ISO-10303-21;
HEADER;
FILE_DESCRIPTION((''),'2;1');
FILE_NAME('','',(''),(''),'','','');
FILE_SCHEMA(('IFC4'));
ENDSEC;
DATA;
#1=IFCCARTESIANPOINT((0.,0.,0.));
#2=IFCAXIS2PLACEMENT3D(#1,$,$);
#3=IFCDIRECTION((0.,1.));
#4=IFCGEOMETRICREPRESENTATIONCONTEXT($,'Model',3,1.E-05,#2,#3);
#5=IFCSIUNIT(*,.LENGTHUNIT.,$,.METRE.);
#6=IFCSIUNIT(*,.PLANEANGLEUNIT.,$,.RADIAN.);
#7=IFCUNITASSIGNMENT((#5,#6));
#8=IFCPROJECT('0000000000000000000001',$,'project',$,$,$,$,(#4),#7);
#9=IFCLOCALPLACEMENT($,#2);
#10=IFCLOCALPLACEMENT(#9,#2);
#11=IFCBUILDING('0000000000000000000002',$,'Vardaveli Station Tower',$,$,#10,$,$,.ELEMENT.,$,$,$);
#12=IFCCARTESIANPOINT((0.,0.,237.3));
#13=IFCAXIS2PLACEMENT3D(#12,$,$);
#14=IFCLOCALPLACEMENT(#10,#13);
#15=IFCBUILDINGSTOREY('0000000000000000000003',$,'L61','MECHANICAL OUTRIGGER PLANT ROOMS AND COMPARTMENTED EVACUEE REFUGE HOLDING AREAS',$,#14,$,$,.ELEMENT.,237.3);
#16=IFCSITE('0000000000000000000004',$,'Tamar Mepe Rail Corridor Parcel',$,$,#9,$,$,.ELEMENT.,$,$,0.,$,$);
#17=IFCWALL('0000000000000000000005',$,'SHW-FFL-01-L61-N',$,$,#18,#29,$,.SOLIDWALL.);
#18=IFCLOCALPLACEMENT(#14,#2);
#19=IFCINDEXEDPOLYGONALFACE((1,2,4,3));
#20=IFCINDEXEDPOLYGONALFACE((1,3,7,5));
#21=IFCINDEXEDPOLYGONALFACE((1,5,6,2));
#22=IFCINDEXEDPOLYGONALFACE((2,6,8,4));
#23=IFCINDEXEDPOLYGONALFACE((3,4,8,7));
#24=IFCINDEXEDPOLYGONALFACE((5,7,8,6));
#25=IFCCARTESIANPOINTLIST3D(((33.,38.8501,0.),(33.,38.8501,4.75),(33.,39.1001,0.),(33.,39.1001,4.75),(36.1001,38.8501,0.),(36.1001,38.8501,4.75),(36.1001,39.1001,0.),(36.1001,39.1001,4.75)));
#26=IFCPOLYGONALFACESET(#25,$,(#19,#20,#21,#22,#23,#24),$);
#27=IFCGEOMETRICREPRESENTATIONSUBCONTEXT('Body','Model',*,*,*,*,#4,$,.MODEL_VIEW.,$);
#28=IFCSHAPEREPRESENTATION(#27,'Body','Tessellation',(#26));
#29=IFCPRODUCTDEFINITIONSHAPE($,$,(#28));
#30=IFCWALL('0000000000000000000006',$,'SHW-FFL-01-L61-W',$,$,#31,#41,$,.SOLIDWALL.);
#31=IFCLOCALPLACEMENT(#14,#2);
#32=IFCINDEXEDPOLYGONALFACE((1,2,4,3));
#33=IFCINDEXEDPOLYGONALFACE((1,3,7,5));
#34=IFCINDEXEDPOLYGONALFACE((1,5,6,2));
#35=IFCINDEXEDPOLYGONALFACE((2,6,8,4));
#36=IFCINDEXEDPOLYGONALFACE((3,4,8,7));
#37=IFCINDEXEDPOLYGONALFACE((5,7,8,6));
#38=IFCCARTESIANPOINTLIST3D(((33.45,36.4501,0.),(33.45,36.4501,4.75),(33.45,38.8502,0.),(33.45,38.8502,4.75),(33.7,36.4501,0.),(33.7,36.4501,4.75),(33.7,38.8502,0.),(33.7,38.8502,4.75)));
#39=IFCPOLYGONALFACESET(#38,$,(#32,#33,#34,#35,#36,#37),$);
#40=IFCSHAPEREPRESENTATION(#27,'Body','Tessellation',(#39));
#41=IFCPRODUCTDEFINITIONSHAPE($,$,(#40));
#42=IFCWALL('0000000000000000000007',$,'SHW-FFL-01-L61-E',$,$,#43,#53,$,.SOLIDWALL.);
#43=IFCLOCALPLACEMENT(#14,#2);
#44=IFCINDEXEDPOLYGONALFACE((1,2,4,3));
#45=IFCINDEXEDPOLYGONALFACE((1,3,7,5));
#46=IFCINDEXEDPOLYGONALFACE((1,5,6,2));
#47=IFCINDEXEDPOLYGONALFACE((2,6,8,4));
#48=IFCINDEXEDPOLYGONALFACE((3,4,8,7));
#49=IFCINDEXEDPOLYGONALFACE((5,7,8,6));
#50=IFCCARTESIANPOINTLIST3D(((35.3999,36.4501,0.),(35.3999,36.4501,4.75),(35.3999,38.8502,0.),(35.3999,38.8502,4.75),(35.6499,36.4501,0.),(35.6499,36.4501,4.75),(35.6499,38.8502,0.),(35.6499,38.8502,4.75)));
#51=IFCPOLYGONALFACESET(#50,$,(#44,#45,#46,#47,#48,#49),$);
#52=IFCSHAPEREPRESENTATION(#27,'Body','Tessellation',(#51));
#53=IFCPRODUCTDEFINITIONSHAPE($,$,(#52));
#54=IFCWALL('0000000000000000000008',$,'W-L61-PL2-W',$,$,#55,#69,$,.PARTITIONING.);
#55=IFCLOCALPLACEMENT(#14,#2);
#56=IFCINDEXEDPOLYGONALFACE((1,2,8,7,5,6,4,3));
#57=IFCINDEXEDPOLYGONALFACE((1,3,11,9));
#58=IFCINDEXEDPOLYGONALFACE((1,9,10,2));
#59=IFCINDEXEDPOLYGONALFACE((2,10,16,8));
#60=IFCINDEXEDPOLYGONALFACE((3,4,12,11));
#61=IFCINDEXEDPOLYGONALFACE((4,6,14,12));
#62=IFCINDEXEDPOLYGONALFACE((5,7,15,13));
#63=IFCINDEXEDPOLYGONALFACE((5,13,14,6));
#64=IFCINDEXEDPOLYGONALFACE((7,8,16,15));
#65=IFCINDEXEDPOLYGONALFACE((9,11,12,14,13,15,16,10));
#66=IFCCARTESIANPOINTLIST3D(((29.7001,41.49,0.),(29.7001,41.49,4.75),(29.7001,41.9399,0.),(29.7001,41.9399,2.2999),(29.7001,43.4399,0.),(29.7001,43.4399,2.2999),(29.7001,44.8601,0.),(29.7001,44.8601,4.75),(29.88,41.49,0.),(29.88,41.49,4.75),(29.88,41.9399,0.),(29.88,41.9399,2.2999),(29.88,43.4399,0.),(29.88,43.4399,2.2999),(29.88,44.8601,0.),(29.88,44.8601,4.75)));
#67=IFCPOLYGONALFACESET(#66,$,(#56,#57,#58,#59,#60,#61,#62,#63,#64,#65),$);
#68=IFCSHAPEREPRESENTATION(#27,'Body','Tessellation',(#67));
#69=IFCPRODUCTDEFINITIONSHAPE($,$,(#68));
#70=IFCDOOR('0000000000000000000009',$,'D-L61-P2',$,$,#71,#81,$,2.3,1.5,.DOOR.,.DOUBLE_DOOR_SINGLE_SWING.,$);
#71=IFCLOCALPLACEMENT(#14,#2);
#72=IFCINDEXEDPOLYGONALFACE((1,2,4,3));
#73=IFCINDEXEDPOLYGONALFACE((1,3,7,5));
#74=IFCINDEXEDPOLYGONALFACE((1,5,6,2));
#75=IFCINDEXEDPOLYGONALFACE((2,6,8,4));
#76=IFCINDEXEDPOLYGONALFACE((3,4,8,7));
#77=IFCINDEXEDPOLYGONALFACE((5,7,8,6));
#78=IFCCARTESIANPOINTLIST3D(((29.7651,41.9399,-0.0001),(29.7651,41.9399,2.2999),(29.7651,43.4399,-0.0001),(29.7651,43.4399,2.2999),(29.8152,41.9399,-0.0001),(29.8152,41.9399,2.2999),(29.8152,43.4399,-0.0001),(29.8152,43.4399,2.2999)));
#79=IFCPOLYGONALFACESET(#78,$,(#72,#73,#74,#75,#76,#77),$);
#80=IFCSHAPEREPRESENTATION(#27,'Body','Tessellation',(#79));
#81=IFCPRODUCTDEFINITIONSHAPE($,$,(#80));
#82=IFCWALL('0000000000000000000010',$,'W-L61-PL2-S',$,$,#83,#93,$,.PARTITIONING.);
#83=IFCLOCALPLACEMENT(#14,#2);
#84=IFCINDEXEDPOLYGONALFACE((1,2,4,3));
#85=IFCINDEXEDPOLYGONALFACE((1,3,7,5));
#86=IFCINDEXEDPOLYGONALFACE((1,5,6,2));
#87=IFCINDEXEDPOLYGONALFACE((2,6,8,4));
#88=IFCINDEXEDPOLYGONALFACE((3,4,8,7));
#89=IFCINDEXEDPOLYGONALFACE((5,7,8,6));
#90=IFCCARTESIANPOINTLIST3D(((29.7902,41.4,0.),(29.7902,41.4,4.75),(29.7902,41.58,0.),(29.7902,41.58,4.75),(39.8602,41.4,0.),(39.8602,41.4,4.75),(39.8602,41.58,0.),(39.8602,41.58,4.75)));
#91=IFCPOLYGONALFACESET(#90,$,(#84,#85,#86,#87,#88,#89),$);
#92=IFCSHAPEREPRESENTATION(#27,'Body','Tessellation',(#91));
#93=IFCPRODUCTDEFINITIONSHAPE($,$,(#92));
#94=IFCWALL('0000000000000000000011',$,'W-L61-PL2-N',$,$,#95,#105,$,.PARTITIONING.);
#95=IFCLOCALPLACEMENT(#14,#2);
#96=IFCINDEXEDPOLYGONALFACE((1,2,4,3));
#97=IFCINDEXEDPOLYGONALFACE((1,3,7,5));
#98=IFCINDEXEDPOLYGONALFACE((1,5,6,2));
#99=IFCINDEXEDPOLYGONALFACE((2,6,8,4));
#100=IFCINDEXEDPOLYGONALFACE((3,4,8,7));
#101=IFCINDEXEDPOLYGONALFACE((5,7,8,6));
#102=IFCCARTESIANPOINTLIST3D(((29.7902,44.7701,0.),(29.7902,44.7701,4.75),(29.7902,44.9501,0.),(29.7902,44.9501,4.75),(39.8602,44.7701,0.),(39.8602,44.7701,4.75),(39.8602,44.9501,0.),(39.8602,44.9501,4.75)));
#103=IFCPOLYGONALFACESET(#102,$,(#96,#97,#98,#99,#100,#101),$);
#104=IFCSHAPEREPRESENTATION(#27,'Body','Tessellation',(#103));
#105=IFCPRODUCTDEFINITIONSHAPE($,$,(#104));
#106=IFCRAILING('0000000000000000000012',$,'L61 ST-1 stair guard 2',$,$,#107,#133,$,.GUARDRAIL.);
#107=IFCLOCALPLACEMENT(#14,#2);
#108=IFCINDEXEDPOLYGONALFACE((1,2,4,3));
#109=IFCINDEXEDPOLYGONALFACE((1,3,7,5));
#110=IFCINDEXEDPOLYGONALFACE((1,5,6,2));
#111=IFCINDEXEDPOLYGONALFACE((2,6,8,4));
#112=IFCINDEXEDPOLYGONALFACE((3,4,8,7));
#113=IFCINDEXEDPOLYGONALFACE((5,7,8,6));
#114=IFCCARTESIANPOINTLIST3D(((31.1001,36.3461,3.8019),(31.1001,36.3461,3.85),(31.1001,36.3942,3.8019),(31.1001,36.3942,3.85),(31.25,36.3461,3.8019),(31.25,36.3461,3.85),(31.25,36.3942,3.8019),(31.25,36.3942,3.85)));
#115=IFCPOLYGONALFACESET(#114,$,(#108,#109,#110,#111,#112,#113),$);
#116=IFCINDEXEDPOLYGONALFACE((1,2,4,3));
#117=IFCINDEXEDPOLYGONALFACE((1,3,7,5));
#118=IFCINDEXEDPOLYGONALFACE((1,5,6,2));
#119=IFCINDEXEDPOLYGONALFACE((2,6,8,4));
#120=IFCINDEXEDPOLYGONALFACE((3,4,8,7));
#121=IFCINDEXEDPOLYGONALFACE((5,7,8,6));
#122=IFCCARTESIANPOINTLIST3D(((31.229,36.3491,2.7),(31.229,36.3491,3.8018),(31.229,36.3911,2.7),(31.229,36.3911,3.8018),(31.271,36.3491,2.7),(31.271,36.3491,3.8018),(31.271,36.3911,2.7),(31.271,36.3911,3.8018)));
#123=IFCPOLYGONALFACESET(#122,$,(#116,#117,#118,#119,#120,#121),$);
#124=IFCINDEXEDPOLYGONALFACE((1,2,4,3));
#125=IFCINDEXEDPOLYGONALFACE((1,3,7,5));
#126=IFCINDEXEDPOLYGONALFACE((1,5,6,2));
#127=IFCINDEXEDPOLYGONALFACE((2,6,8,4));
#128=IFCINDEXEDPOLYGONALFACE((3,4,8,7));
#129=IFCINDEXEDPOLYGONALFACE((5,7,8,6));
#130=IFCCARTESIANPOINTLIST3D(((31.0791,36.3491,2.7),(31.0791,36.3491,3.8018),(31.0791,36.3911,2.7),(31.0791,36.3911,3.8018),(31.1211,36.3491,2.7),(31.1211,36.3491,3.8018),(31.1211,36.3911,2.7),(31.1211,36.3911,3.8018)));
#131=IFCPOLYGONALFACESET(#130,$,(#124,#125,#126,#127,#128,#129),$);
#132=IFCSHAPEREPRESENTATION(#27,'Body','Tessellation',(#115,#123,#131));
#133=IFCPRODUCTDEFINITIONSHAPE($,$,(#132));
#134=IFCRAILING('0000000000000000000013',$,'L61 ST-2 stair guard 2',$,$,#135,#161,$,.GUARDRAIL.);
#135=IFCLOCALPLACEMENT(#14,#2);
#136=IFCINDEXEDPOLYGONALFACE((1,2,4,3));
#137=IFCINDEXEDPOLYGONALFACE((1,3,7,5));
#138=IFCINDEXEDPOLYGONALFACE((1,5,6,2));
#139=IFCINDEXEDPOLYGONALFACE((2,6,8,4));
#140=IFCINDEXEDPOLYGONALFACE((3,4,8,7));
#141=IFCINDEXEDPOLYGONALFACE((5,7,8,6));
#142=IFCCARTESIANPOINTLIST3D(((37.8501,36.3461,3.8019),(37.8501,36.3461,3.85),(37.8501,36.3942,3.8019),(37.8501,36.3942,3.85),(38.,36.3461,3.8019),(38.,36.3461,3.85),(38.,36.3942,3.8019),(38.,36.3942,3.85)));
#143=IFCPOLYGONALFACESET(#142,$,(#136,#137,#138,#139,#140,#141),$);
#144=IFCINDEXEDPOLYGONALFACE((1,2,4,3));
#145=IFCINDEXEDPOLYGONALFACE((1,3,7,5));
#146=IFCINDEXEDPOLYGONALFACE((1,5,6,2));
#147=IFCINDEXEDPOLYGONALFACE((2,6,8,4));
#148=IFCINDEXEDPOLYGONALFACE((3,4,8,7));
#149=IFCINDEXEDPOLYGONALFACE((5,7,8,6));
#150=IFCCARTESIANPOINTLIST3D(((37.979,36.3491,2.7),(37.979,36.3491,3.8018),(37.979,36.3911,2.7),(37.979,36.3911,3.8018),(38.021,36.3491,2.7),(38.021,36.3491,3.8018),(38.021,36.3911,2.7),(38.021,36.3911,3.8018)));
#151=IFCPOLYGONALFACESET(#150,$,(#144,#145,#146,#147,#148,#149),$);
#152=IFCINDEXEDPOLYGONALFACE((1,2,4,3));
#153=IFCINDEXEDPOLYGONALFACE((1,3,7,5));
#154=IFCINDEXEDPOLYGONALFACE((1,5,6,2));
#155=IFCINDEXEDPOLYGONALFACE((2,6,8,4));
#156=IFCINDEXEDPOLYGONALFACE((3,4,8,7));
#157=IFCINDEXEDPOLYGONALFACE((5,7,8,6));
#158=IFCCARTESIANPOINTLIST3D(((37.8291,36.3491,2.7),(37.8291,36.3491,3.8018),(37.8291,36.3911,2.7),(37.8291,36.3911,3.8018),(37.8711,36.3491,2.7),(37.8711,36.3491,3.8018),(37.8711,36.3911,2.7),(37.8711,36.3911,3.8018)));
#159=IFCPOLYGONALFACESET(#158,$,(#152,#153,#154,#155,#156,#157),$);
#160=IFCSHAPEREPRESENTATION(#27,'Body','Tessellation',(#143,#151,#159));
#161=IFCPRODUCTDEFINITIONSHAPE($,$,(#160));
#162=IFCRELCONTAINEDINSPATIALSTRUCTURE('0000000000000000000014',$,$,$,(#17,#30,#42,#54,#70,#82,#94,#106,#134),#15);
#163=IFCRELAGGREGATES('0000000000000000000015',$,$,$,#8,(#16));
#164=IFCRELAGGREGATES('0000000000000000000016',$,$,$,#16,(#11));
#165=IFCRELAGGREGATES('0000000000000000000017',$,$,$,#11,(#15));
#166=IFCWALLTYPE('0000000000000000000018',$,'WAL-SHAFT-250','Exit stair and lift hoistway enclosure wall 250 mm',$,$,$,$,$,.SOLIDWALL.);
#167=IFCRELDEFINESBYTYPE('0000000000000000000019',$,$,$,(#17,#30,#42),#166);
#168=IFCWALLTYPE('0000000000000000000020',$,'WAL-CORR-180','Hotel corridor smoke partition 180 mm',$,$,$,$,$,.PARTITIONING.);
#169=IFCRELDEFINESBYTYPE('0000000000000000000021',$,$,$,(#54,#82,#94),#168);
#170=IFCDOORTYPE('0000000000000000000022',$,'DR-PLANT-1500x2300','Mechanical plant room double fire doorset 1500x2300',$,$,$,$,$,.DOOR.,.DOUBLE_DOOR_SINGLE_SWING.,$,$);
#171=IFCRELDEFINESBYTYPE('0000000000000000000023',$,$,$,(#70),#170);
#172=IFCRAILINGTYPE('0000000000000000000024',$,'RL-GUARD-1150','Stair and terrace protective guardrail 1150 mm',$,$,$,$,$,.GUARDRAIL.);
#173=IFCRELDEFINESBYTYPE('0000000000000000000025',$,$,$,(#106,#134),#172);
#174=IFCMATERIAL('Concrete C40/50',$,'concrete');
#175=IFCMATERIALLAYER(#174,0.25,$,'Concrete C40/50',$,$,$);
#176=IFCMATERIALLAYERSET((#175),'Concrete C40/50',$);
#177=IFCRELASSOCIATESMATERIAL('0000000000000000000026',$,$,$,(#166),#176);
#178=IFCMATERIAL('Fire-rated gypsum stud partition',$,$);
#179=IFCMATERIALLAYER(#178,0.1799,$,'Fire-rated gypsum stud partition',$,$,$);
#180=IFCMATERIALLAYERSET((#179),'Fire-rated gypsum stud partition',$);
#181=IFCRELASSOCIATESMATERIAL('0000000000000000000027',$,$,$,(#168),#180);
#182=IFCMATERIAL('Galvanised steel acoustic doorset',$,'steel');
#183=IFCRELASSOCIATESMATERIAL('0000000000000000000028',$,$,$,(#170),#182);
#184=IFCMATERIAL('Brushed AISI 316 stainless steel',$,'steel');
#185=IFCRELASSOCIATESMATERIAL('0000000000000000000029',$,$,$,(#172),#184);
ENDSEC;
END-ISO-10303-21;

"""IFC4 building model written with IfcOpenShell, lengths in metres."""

from ifc_helpers import new_model, si_unit, direction, frame, frame_2d, origin, origin_2d, place, context, subcontext, project, spatial, rectangle, extrude, source, transform, mapped, material, layer, layer_set, type_object, element, fill, save


model = new_model("IFC4")

# Units and contexts
model_context = context("Model", 3, precision=1e-05, world=origin(), true_north=direction((0.0, 1.0)))
body_context = subcontext(model_context, "Body", "Model", "MODEL_VIEW")
ifc_project = project(units=[si_unit("LENGTHUNIT", "METRE"), si_unit("PLANEANGLEUNIT", "RADIAN")], contexts=[model_context])

# Site, building, storey
site_placement = place(None, origin())
site = spatial("IfcSite", under=ifc_project, at=site_placement, Name="Tamar Mepe Rail Corridor Parcel", CompositionType="ELEMENT", RefElevation=0.0)
building_placement = place(site_placement, origin())
building = spatial("IfcBuilding", under=site, at=building_placement, Name="Vardaveli Station Tower", CompositionType="ELEMENT")
storey_placement = place(building_placement, frame((0.0, 0.0, 237.3)))
storey = spatial("IfcBuildingStorey", under=building, at=storey_placement, Name="L61", Description="MECHANICAL OUTRIGGER PLANT ROOMS AND COMPARTMENTED EVACUEE REFUGE HOLDING AREAS", CompositionType="ELEMENT", Elevation=237.3)

# Walls
ifc_material_1 = material(Name="Concrete C40/50", Category="concrete")
ifc_layer_1 = layer(ifc_material_1, 0.25, Name="Concrete C40/50")
ifc_layer_set_1 = layer_set([ifc_layer_1], Name="Concrete C40/50")
wall_type_1 = type_object("IfcWallType", Name="WAL-SHAFT-250", Description="Exit stair and lift hoistway enclosure wall 250 mm", PredefinedType="SOLIDWALL", material=ifc_layer_set_1)
shared_shape_1 = source(origin(), body_context, "Body", "SweptSolid", [
    extrude(rectangle(XDim=3.1001, YDim=0.25, at=frame_2d((1.55, 0.0))), origin(), (0.0, 0.0, 1.0), 4.75),
])
wall_1_placement = place(storey_placement, frame((33.0, 38.9751, 0.0), z_axis=(0.0, 0.0, 1.0), x_axis=(1.0, 0.0, 0.0)))
element("IfcWall", 1, at=wall_1_placement, inside=storey, type_object=wall_type_1, Name="SHW-FFL-01-L61-N", PredefinedType="SOLIDWALL", context=body_context, shape_type="MappedRepresentation", body=[
    mapped(shared_shape_1, transform((0.0, 0.0, 0.0), scale=1.0)),
])
shared_shape_2 = source(origin(), body_context, "Body", "SweptSolid", [
    extrude(rectangle(XDim=2.4001, YDim=0.25, at=frame_2d((1.2002, 0.0))), origin(), (0.0, 0.0, 1.0), 4.75),
])
for number, where, z_axis, x_axis, name in (
    (2, (33.575, 36.45, 0.0), (0.0, 0.0, 1.0), (0.0, 1.0, 0.0), "SHW-FFL-01-L61-W"),
    (3, (35.5249, 36.45, 0.0), (0.0, 0.0, 1.0), (0.0, 1.0, 0.0), "SHW-FFL-01-L61-E"),
):
    element("IfcWall", number, at=place(storey_placement, frame(where, z_axis=z_axis, x_axis=x_axis)), inside=storey, type_object=wall_type_1, Name=name, PredefinedType="SOLIDWALL", context=body_context, shape_type="MappedRepresentation", body=[
        mapped(shared_shape_2, transform((0.0, 0.0, 0.0), scale=1.0)),
    ])

# Wall, opening, door
ifc_material_2 = material(Name="Fire-rated gypsum stud partition")
ifc_layer_2 = layer(ifc_material_2, 0.1799, Name="Fire-rated gypsum stud partition")
ifc_layer_set_2 = layer_set([ifc_layer_2], Name="Fire-rated gypsum stud partition")
wall_type_2 = type_object("IfcWallType", Name="WAL-CORR-180", Description="Hotel corridor smoke partition 180 mm", PredefinedType="PARTITIONING", material=ifc_layer_set_2)
shared_shape_3 = source(origin(), body_context, "Body", "SweptSolid", [
    extrude(rectangle(XDim=3.3701, YDim=0.1799, at=frame_2d((1.6851, 0.0))), origin(), (0.0, 0.0, 1.0), 4.75),
])
wall_2_placement = place(storey_placement, frame((29.79, 41.49, 0.0), z_axis=(0.0, 0.0, 1.0), x_axis=(0.0, 1.0, 0.0)))
wall_2 = element("IfcWall", 4, at=wall_2_placement, inside=storey, type_object=wall_type_2, Name="W-L61-PL2-W", PredefinedType="PARTITIONING", context=body_context, shape_type="MappedRepresentation", body=[
    mapped(shared_shape_3, transform((0.0, 0.0, 0.0), scale=1.0)),
])
shared_shape_4 = source(origin(), body_context, "Body", "SweptSolid", [
    extrude(rectangle(XDim=1.5, YDim=2.3, at=frame_2d((0.75, 1.1499))), frame((0.0, 0.1001, 0.0), z_axis=(0.0, -1.0, 0.0), x_axis=(1.0, 0.0, 0.0)), (0.0, 0.0, 1.0), 0.2),
])
opening_placement = place(wall_2_placement, frame((0.45, 0.0, 0.0)))
opening = element("IfcOpeningElement", 5, at=opening_placement, cuts=wall_2, PredefinedType="OPENING", context=body_context, shape_type="MappedRepresentation", body=[
    mapped(shared_shape_4, transform((0.0, 0.0, 0.0), scale=1.0)),
])
ifc_material_3 = material(Name="Galvanised steel acoustic doorset", Category="steel")
door_type = type_object("IfcDoorType", Name="DR-PLANT-1500x2300", Description="Mechanical plant room double fire doorset 1500x2300", OperationType="DOUBLE_DOOR_SINGLE_SWING", PredefinedType="DOOR", material=ifc_material_3)
shared_shape_5 = source(origin(), body_context, "Body", "SweptSolid", [
    extrude(rectangle(XDim=1.5, YDim=2.3, at=frame_2d((0.75, 1.1499))), frame((0.0, 0.0249, 0.0), z_axis=(0.0, -1.0, 0.0), x_axis=(1.0, 0.0, 0.0)), (0.0, 0.0, 1.0), 0.05),
])
door_placement = place(opening_placement, origin())
door = element("IfcDoor", 6, at=door_placement, inside=storey, type_object=door_type, Name="D-L61-P2", OperationType="DOUBLE_DOOR_SINGLE_SWING", OverallHeight=2.3, OverallWidth=1.5, PredefinedType="DOOR", context=body_context, shape_type="MappedRepresentation", body=[
    mapped(shared_shape_5, transform((0.0, 0.0, 0.0), scale=1.0)),
])
fill(opening, door)

# Walls
shared_shape_6 = source(origin(), body_context, "Body", "SweptSolid", [
    extrude(rectangle(XDim=10.0701, YDim=0.1799, at=frame_2d((5.0352, 0.0))), origin(), (0.0, 0.0, 1.0), 4.75),
])
for number, where, z_axis, x_axis, name in (
    (7, (29.79, 41.49, 0.0), (0.0, 0.0, 1.0), (1.0, 0.0, 0.0), "W-L61-PL2-S"),
    (8, (29.79, 44.8601, 0.0), (0.0, 0.0, 1.0), (1.0, 0.0, 0.0), "W-L61-PL2-N"),
):
    element("IfcWall", number, at=place(storey_placement, frame(where, z_axis=z_axis, x_axis=x_axis)), inside=storey, type_object=wall_type_2, Name=name, PredefinedType="PARTITIONING", context=body_context, shape_type="MappedRepresentation", body=[
        mapped(shared_shape_6, transform((0.0, 0.0, 0.0), scale=1.0)),
    ])

# Railings
ifc_material_4 = material(Name="Brushed AISI 316 stainless steel", Category="steel")
railing_type = type_object("IfcRailingType", Name="RL-GUARD-1150", Description="Stair and terrace protective guardrail 1150 mm", PredefinedType="GUARDRAIL", material=ifc_material_4)
shared_shape_7 = source(origin(), body_context, "Body", "SweptSolid", [
    extrude(rectangle(XDim=0.0481, YDim=0.0481, at=origin_2d()), frame((0.0, 0.0, 1.126), z_axis=(-1.0, 0.0, 0.0), x_axis=(0.0, -1.0, 0.0)), (0.0, 0.0, 1.0), 0.1499),
    extrude(rectangle(XDim=0.042, YDim=0.042, at=origin_2d()), origin(), (0.0, 0.0, 1.0), 1.1018),
    extrude(rectangle(XDim=0.042, YDim=0.042, at=origin_2d()), frame((-0.1499, 0.0, 0.0)), (0.0, 0.0, 1.0), 1.1018),
])
for number, where, name in (
    (9, (31.25, 36.3701, 2.7), "L61 ST-1 stair guard 2"),
    (10, (38.0, 36.3701, 2.7), "L61 ST-2 stair guard 2"),
):
    element("IfcRailing", number, at=place(storey_placement, frame(where)), inside=storey, type_object=railing_type, Name=name, PredefinedType="GUARDRAIL", context=body_context, shape_type="MappedRepresentation", body=[
        mapped(shared_shape_7, transform((0.0, 0.0, 0.0), scale=1.0)),
    ])

save(model, "model.ifc")
